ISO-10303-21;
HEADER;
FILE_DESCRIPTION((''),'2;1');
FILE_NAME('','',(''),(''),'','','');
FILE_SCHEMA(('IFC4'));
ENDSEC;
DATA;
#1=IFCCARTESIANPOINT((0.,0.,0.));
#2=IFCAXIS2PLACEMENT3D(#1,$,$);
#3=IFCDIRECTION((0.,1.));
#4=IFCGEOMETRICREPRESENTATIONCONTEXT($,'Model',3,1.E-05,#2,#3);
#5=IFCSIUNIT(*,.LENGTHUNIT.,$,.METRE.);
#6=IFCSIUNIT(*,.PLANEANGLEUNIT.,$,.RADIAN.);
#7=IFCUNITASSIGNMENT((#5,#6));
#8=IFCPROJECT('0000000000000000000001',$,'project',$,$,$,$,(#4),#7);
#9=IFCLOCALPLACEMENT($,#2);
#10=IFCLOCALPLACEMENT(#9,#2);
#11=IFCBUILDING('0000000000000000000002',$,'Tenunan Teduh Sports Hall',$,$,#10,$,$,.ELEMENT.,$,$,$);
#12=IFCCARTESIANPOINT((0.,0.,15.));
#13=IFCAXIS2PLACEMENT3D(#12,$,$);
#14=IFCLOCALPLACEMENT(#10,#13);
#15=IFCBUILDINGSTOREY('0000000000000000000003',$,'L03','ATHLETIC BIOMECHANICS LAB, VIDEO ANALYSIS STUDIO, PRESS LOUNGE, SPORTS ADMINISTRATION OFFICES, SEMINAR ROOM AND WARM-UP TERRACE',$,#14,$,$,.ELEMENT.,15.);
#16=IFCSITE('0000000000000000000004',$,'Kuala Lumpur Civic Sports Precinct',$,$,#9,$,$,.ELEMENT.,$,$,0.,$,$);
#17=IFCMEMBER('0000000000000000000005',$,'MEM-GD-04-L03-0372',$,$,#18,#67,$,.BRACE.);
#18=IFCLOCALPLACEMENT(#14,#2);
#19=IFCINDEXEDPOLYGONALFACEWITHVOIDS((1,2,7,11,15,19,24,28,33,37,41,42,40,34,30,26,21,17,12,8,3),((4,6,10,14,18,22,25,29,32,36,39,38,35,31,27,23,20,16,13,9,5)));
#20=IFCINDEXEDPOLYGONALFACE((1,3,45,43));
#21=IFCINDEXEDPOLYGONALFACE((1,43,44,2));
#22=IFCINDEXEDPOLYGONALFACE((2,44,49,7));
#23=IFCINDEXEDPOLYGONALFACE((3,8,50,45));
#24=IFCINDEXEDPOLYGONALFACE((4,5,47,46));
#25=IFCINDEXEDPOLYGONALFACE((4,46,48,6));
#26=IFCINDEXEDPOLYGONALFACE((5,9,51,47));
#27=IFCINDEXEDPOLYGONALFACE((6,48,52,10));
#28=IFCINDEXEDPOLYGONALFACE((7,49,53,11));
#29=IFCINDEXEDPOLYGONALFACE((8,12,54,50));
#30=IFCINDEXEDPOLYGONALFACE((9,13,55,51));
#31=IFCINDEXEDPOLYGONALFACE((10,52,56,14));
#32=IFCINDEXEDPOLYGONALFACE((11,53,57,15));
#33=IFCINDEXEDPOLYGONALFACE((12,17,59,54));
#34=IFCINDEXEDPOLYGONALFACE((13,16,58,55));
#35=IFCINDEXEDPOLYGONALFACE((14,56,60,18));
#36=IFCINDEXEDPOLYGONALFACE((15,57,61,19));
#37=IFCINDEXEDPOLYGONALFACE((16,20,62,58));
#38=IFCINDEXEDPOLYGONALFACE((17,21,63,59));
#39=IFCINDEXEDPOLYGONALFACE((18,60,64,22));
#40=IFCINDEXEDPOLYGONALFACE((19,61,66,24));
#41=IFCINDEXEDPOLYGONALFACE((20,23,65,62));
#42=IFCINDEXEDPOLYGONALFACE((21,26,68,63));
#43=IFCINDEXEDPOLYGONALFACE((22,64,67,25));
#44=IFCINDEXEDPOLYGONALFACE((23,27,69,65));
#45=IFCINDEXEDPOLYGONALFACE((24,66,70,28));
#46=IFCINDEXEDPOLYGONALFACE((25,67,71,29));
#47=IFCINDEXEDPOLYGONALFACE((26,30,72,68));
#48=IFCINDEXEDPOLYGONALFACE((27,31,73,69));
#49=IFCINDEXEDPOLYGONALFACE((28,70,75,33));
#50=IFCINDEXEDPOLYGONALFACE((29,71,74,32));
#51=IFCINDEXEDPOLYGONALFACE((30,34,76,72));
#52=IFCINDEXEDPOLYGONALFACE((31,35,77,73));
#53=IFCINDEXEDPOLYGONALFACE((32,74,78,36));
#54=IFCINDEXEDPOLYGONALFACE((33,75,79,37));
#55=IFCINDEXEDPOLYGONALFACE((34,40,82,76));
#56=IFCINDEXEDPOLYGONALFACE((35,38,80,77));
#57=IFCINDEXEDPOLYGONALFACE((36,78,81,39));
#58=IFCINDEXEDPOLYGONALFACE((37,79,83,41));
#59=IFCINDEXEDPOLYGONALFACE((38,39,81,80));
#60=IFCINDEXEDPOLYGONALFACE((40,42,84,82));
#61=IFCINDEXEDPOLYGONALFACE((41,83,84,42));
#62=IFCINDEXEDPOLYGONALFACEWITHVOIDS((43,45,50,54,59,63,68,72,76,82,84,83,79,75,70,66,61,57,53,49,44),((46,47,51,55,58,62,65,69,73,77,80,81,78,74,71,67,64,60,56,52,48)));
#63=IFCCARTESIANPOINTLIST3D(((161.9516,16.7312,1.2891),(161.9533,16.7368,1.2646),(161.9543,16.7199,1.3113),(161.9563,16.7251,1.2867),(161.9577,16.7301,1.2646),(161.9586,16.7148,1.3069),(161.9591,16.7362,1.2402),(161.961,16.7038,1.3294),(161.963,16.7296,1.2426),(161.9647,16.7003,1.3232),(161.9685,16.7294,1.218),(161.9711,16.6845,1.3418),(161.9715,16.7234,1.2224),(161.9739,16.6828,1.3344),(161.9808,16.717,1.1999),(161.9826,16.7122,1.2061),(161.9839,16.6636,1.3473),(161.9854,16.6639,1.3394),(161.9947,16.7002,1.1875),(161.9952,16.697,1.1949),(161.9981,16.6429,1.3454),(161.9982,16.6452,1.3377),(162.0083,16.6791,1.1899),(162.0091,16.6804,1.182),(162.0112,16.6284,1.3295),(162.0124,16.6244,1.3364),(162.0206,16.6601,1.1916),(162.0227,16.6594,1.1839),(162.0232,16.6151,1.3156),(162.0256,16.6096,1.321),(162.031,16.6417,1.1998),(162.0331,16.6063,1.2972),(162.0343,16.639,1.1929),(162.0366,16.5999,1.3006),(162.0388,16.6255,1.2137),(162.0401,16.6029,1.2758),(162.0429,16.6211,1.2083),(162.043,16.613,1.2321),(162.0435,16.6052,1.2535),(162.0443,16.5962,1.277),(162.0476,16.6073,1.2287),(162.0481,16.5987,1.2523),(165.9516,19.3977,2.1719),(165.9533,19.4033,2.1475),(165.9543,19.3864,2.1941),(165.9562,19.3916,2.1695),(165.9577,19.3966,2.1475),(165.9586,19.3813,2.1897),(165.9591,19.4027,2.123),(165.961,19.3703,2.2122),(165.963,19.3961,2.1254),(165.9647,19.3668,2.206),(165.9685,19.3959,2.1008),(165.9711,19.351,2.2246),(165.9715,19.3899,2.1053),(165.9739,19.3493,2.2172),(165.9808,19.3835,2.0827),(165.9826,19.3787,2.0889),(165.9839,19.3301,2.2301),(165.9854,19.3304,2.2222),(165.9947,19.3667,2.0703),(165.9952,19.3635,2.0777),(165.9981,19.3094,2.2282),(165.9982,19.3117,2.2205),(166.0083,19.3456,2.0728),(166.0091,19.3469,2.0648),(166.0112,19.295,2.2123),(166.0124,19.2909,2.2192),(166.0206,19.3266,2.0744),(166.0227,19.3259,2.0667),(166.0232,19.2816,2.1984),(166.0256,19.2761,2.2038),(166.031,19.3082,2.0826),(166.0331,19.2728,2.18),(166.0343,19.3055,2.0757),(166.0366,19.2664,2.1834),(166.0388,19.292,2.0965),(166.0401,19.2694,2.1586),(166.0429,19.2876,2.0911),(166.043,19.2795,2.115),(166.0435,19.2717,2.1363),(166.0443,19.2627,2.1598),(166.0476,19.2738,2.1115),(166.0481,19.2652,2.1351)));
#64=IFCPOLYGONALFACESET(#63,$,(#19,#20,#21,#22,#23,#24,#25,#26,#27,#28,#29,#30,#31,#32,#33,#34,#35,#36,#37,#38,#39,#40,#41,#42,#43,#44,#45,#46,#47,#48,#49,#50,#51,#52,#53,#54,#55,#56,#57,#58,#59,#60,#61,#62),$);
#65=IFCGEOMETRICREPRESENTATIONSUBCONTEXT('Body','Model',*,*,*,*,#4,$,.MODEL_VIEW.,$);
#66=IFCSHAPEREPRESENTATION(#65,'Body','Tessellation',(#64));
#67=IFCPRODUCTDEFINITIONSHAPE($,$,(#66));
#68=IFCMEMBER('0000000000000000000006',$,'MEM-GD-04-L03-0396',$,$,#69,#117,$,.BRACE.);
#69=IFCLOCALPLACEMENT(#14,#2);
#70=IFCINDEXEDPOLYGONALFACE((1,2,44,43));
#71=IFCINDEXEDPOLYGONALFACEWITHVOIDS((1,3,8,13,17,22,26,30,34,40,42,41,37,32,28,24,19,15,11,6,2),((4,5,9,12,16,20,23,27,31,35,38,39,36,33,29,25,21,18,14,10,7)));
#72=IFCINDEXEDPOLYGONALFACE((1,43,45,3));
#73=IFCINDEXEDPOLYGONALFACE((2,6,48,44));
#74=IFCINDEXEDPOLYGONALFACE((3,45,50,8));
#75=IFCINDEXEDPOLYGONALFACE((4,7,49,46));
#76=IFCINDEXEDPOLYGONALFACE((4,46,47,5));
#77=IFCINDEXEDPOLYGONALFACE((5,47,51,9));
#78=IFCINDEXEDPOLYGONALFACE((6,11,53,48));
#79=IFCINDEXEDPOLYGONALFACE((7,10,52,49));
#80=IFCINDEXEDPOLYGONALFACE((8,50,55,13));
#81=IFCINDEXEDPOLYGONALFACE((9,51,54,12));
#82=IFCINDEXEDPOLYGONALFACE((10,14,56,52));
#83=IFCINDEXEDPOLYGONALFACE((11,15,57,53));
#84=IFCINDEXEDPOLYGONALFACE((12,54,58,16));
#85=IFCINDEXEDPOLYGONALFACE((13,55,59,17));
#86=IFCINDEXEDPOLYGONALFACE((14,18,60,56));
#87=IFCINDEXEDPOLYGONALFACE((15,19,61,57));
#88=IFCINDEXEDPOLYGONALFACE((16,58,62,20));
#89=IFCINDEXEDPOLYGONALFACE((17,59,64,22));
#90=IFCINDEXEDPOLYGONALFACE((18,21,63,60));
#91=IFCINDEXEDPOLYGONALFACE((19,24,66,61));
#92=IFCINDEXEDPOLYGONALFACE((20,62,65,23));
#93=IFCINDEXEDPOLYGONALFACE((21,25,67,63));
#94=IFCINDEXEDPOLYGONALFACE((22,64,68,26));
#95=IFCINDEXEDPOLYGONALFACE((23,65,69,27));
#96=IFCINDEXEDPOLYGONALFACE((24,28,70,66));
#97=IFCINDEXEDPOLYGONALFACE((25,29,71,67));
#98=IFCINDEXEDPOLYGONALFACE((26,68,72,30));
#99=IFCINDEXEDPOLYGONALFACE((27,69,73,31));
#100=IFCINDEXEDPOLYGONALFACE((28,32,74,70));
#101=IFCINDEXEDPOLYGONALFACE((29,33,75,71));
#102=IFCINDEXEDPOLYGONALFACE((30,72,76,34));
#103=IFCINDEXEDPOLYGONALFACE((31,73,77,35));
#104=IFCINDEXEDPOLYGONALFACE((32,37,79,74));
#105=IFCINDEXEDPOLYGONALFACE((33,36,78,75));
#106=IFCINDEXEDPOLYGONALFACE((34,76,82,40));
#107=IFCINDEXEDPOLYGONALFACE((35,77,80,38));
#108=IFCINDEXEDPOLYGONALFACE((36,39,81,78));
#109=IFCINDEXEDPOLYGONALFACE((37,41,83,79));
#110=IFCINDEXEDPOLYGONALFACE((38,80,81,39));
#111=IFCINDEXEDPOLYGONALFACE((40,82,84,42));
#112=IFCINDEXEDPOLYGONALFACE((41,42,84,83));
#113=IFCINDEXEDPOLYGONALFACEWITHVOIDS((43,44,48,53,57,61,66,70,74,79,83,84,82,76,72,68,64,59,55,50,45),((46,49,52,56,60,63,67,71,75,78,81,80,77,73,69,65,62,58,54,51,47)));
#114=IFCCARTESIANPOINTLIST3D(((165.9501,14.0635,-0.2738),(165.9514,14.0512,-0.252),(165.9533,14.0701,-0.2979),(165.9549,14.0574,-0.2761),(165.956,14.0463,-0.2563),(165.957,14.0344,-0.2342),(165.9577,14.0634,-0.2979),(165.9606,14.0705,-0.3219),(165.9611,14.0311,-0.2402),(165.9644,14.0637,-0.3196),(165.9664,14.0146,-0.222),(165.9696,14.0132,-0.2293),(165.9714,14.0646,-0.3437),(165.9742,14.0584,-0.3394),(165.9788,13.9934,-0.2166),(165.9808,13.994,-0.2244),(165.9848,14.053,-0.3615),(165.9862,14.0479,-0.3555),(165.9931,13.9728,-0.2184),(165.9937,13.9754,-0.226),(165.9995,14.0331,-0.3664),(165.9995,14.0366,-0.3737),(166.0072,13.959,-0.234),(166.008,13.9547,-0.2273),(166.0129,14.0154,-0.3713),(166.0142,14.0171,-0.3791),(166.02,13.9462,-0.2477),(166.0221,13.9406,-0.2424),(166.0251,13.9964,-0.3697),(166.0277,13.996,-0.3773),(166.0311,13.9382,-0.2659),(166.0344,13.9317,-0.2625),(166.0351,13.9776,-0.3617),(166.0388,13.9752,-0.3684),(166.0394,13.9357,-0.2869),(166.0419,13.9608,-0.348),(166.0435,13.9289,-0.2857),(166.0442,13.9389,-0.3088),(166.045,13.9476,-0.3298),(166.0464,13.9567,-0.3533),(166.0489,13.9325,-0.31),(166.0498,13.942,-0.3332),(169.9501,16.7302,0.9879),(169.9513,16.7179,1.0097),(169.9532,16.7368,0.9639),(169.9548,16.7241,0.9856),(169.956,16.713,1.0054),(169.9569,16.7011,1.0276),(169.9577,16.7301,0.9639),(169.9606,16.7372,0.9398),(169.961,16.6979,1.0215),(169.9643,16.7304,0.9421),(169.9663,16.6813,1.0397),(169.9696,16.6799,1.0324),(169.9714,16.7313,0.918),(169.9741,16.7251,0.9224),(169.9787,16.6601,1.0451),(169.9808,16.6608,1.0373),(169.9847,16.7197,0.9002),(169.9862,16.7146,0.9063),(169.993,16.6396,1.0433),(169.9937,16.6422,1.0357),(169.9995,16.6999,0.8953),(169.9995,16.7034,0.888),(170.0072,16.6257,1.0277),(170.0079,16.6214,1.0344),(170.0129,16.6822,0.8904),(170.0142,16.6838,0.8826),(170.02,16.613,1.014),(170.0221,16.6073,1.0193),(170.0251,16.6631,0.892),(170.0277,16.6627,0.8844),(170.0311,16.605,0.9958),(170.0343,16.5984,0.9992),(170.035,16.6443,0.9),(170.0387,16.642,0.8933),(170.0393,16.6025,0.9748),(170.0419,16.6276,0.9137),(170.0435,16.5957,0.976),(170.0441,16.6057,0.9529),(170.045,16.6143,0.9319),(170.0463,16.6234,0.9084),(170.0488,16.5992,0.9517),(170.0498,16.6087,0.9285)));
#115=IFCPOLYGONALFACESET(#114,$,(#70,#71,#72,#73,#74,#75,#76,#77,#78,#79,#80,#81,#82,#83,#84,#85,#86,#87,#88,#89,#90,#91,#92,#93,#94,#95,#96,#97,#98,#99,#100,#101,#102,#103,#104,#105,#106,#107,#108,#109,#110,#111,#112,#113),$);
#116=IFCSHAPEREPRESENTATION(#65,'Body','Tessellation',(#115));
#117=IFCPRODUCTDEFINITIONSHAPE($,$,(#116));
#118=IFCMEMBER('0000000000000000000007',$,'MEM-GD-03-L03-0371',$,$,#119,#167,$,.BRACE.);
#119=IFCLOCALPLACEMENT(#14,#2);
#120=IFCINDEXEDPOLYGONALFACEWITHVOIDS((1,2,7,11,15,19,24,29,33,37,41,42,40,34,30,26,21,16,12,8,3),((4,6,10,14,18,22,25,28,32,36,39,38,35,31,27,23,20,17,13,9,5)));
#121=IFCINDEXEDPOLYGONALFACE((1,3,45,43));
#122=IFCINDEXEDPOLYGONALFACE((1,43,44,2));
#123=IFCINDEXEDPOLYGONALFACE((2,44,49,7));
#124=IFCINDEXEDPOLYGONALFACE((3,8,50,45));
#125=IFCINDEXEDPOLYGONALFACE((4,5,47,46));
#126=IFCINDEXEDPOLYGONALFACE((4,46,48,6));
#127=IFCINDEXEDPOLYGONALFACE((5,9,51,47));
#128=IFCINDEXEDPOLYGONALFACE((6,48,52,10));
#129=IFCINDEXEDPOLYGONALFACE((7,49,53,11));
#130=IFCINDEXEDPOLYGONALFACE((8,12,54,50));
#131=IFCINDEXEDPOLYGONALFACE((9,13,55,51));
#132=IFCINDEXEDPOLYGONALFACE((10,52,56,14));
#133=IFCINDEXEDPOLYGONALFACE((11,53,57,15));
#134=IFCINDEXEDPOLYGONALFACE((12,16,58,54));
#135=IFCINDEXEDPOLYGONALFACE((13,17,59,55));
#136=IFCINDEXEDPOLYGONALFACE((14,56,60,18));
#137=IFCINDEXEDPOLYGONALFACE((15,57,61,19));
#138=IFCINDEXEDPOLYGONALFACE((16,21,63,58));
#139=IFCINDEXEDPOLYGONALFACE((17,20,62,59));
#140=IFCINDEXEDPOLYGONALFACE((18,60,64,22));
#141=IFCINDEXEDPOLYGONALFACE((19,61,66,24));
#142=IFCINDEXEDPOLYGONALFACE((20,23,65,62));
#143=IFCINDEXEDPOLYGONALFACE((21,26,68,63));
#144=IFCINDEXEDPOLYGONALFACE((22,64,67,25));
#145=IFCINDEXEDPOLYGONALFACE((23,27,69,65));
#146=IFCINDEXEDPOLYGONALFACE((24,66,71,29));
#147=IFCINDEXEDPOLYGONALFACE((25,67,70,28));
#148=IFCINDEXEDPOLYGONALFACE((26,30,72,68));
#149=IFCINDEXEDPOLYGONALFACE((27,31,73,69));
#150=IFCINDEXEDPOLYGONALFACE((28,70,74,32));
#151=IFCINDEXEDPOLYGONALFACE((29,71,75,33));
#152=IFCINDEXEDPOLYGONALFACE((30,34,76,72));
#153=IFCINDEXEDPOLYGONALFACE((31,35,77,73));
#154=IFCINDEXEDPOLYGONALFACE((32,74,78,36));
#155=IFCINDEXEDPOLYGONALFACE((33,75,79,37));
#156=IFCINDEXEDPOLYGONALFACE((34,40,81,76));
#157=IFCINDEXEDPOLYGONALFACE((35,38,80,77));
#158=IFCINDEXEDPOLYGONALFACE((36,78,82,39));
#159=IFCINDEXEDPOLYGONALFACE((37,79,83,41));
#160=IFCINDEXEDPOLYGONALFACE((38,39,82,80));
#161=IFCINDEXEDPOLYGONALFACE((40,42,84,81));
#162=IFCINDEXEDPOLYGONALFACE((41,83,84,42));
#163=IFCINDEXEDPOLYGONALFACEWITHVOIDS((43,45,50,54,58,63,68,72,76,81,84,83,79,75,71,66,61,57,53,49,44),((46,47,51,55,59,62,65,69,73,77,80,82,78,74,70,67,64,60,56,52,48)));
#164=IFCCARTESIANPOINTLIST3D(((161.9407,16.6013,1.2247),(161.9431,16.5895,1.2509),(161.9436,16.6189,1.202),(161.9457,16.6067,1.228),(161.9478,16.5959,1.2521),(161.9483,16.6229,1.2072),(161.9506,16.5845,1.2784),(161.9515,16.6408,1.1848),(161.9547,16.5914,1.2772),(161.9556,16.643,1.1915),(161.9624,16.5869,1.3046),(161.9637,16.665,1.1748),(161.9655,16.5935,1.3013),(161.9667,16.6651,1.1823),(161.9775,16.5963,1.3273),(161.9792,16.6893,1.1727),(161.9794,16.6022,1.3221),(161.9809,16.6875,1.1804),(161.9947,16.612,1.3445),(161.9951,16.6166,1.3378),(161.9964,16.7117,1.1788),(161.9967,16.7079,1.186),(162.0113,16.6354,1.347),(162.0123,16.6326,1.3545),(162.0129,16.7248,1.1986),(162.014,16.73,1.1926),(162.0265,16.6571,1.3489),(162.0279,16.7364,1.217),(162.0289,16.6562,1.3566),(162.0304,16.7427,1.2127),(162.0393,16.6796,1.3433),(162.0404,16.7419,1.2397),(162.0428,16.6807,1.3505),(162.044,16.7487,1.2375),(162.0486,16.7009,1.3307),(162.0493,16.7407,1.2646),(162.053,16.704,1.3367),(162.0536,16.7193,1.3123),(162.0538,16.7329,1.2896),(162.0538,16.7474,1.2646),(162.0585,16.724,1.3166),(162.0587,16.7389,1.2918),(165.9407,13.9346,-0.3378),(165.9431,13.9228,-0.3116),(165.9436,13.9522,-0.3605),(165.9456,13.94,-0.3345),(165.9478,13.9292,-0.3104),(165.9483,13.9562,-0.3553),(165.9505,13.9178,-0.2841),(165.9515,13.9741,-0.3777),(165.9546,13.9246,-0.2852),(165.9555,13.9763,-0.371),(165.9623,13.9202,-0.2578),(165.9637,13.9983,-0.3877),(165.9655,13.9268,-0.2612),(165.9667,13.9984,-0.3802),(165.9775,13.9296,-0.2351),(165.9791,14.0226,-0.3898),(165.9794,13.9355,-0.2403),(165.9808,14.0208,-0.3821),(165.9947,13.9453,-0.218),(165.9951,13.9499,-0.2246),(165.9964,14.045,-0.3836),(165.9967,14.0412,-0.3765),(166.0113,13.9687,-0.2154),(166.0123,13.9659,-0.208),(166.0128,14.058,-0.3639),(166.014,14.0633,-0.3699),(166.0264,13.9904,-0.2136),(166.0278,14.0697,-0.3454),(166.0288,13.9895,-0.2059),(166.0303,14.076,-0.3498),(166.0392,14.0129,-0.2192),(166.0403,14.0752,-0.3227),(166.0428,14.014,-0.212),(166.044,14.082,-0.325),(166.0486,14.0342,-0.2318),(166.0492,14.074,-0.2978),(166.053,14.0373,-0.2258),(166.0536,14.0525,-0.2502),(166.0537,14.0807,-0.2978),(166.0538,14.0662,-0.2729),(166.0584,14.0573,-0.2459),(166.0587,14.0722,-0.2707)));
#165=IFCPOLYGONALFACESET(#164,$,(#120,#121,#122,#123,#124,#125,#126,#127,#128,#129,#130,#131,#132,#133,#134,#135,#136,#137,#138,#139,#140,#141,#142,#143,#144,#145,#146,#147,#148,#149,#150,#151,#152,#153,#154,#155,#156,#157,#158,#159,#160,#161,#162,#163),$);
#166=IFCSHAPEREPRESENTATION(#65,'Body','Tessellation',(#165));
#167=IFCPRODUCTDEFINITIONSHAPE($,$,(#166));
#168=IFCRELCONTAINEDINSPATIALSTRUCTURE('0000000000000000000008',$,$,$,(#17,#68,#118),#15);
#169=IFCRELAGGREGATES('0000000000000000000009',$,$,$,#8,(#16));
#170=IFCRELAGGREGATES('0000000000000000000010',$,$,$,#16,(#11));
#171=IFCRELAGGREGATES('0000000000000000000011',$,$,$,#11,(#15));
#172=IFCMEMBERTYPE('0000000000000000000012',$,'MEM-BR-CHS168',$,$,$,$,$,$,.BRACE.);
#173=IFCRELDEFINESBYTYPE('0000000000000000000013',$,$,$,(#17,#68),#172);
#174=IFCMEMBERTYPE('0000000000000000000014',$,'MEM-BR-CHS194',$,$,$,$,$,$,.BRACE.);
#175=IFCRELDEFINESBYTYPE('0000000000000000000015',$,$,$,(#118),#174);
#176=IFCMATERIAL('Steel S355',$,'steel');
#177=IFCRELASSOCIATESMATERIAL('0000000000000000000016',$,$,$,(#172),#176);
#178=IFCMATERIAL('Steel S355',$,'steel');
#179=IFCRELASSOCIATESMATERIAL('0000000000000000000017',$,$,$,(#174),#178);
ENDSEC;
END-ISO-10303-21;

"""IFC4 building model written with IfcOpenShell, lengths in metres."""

from ifc_helpers import new_model, si_unit, direction, frame, origin, origin_2d, place, context, subcontext, project, spatial, hollow_circle, extrude, material, material_profile, profile_set, type_object, element, save


model = new_model("IFC4")

# Units and contexts
model_context = context("Model", 3, precision=1e-05, world=origin(), true_north=direction((0.0, 1.0)))
body_context = subcontext(model_context, "Body", "Model", "MODEL_VIEW")
ifc_project = project(units=[si_unit("LENGTHUNIT", "METRE"), si_unit("PLANEANGLEUNIT", "RADIAN")], contexts=[model_context])

# Site, building, storey
site_placement = place(None, origin())
site = spatial("IfcSite", under=ifc_project, at=site_placement, Name="Kuala Lumpur Civic Sports Precinct", CompositionType="ELEMENT", RefElevation=0.0)
building_placement = place(site_placement, origin())
building = spatial("IfcBuilding", under=site, at=building_placement, Name="Tenunan Teduh Sports Hall", CompositionType="ELEMENT")
storey_placement = place(building_placement, frame((0.0, 0.0, 15.0)))
storey = spatial("IfcBuildingStorey", under=building, at=storey_placement, Name="L03", Description="ATHLETIC BIOMECHANICS LAB, VIDEO ANALYSIS STUDIO, PRESS LOUNGE, SPORTS ADMINISTRATION OFFICES, SEMINAR ROOM AND WARM-UP TERRACE", CompositionType="ELEMENT", Elevation=15.0)

# Members
ifc_material_1 = material(Name="Steel S355", Category="steel")
ifc_material_profile_1 = material_profile(ifc_material_1, hollow_circle(Radius=0.0842, WallThickness=0.0081, at=origin_2d()), Name="CHS 168.3x8.0")
ifc_profile_set_1 = profile_set([ifc_material_profile_1], Name="Steel S355")
member_type_1 = type_object("IfcMemberType", Name="MEM-BR-CHS168", PredefinedType="BRACE", material=ifc_profile_set_1)
member_1_placement = place(storey_placement, frame((162.0, 16.6667, 1.2646), z_axis=(0.818381, 0.545554, 0.180619), x_axis=(-0.554677, 0.832066, 0.0)))
element("IfcMember", 1, at=member_1_placement, inside=storey, type_object=member_type_1, Name="MEM-GD-04-L03-0372", PredefinedType="BRACE", context=body_context, shape_type="SweptSolid", body=[
    extrude(hollow_circle(Radius=0.0842, WallThickness=0.0081, at=origin_2d()), origin(), (0.0, 0.0, 1.0), 4.8877),
])
member_2_placement = place(storey_placement, frame((166.0, 14.0, -0.2979), z_axis=(0.804787, 0.536541, 0.253854), x_axis=(-0.554712, 0.832042, 0.0)))
element("IfcMember", 2, at=member_2_placement, inside=storey, type_object=member_type_1, Name="MEM-GD-04-L03-0396", PredefinedType="BRACE", context=body_context, shape_type="SweptSolid", body=[
    extrude(hollow_circle(Radius=0.0842, WallThickness=0.0081, at=origin_2d()), origin(), (0.0, 0.0, 1.0), 4.9702),
])
ifc_material_2 = material(Name="Steel S355", Category="steel")
ifc_material_profile_2 = material_profile(ifc_material_2, hollow_circle(Radius=0.0969, WallThickness=0.0081, at=origin_2d()), Name="CHS 193.7x8.0")
ifc_profile_set_2 = profile_set([ifc_material_profile_2], Name="Steel S355")
member_type_2 = type_object("IfcMemberType", Name="MEM-BR-CHS194", PredefinedType="BRACE", material=ifc_profile_set_2)
member_3_placement = place(storey_placement, frame((162.0, 16.6667, 1.2646), z_axis=(0.791297, -0.527547, -0.3091), x_axis=(0.554712, 0.832042, 0.0)))
element("IfcMember", 3, at=member_3_placement, inside=storey, type_object=member_type_2, Name="MEM-GD-03-L03-0371", PredefinedType="BRACE", context=body_context, shape_type="SweptSolid", body=[
    extrude(hollow_circle(Radius=0.0969, WallThickness=0.0081, at=origin_2d()), origin(), (0.0, 0.0, 1.0), 5.0549),
])

save(model, "model.ifc")
